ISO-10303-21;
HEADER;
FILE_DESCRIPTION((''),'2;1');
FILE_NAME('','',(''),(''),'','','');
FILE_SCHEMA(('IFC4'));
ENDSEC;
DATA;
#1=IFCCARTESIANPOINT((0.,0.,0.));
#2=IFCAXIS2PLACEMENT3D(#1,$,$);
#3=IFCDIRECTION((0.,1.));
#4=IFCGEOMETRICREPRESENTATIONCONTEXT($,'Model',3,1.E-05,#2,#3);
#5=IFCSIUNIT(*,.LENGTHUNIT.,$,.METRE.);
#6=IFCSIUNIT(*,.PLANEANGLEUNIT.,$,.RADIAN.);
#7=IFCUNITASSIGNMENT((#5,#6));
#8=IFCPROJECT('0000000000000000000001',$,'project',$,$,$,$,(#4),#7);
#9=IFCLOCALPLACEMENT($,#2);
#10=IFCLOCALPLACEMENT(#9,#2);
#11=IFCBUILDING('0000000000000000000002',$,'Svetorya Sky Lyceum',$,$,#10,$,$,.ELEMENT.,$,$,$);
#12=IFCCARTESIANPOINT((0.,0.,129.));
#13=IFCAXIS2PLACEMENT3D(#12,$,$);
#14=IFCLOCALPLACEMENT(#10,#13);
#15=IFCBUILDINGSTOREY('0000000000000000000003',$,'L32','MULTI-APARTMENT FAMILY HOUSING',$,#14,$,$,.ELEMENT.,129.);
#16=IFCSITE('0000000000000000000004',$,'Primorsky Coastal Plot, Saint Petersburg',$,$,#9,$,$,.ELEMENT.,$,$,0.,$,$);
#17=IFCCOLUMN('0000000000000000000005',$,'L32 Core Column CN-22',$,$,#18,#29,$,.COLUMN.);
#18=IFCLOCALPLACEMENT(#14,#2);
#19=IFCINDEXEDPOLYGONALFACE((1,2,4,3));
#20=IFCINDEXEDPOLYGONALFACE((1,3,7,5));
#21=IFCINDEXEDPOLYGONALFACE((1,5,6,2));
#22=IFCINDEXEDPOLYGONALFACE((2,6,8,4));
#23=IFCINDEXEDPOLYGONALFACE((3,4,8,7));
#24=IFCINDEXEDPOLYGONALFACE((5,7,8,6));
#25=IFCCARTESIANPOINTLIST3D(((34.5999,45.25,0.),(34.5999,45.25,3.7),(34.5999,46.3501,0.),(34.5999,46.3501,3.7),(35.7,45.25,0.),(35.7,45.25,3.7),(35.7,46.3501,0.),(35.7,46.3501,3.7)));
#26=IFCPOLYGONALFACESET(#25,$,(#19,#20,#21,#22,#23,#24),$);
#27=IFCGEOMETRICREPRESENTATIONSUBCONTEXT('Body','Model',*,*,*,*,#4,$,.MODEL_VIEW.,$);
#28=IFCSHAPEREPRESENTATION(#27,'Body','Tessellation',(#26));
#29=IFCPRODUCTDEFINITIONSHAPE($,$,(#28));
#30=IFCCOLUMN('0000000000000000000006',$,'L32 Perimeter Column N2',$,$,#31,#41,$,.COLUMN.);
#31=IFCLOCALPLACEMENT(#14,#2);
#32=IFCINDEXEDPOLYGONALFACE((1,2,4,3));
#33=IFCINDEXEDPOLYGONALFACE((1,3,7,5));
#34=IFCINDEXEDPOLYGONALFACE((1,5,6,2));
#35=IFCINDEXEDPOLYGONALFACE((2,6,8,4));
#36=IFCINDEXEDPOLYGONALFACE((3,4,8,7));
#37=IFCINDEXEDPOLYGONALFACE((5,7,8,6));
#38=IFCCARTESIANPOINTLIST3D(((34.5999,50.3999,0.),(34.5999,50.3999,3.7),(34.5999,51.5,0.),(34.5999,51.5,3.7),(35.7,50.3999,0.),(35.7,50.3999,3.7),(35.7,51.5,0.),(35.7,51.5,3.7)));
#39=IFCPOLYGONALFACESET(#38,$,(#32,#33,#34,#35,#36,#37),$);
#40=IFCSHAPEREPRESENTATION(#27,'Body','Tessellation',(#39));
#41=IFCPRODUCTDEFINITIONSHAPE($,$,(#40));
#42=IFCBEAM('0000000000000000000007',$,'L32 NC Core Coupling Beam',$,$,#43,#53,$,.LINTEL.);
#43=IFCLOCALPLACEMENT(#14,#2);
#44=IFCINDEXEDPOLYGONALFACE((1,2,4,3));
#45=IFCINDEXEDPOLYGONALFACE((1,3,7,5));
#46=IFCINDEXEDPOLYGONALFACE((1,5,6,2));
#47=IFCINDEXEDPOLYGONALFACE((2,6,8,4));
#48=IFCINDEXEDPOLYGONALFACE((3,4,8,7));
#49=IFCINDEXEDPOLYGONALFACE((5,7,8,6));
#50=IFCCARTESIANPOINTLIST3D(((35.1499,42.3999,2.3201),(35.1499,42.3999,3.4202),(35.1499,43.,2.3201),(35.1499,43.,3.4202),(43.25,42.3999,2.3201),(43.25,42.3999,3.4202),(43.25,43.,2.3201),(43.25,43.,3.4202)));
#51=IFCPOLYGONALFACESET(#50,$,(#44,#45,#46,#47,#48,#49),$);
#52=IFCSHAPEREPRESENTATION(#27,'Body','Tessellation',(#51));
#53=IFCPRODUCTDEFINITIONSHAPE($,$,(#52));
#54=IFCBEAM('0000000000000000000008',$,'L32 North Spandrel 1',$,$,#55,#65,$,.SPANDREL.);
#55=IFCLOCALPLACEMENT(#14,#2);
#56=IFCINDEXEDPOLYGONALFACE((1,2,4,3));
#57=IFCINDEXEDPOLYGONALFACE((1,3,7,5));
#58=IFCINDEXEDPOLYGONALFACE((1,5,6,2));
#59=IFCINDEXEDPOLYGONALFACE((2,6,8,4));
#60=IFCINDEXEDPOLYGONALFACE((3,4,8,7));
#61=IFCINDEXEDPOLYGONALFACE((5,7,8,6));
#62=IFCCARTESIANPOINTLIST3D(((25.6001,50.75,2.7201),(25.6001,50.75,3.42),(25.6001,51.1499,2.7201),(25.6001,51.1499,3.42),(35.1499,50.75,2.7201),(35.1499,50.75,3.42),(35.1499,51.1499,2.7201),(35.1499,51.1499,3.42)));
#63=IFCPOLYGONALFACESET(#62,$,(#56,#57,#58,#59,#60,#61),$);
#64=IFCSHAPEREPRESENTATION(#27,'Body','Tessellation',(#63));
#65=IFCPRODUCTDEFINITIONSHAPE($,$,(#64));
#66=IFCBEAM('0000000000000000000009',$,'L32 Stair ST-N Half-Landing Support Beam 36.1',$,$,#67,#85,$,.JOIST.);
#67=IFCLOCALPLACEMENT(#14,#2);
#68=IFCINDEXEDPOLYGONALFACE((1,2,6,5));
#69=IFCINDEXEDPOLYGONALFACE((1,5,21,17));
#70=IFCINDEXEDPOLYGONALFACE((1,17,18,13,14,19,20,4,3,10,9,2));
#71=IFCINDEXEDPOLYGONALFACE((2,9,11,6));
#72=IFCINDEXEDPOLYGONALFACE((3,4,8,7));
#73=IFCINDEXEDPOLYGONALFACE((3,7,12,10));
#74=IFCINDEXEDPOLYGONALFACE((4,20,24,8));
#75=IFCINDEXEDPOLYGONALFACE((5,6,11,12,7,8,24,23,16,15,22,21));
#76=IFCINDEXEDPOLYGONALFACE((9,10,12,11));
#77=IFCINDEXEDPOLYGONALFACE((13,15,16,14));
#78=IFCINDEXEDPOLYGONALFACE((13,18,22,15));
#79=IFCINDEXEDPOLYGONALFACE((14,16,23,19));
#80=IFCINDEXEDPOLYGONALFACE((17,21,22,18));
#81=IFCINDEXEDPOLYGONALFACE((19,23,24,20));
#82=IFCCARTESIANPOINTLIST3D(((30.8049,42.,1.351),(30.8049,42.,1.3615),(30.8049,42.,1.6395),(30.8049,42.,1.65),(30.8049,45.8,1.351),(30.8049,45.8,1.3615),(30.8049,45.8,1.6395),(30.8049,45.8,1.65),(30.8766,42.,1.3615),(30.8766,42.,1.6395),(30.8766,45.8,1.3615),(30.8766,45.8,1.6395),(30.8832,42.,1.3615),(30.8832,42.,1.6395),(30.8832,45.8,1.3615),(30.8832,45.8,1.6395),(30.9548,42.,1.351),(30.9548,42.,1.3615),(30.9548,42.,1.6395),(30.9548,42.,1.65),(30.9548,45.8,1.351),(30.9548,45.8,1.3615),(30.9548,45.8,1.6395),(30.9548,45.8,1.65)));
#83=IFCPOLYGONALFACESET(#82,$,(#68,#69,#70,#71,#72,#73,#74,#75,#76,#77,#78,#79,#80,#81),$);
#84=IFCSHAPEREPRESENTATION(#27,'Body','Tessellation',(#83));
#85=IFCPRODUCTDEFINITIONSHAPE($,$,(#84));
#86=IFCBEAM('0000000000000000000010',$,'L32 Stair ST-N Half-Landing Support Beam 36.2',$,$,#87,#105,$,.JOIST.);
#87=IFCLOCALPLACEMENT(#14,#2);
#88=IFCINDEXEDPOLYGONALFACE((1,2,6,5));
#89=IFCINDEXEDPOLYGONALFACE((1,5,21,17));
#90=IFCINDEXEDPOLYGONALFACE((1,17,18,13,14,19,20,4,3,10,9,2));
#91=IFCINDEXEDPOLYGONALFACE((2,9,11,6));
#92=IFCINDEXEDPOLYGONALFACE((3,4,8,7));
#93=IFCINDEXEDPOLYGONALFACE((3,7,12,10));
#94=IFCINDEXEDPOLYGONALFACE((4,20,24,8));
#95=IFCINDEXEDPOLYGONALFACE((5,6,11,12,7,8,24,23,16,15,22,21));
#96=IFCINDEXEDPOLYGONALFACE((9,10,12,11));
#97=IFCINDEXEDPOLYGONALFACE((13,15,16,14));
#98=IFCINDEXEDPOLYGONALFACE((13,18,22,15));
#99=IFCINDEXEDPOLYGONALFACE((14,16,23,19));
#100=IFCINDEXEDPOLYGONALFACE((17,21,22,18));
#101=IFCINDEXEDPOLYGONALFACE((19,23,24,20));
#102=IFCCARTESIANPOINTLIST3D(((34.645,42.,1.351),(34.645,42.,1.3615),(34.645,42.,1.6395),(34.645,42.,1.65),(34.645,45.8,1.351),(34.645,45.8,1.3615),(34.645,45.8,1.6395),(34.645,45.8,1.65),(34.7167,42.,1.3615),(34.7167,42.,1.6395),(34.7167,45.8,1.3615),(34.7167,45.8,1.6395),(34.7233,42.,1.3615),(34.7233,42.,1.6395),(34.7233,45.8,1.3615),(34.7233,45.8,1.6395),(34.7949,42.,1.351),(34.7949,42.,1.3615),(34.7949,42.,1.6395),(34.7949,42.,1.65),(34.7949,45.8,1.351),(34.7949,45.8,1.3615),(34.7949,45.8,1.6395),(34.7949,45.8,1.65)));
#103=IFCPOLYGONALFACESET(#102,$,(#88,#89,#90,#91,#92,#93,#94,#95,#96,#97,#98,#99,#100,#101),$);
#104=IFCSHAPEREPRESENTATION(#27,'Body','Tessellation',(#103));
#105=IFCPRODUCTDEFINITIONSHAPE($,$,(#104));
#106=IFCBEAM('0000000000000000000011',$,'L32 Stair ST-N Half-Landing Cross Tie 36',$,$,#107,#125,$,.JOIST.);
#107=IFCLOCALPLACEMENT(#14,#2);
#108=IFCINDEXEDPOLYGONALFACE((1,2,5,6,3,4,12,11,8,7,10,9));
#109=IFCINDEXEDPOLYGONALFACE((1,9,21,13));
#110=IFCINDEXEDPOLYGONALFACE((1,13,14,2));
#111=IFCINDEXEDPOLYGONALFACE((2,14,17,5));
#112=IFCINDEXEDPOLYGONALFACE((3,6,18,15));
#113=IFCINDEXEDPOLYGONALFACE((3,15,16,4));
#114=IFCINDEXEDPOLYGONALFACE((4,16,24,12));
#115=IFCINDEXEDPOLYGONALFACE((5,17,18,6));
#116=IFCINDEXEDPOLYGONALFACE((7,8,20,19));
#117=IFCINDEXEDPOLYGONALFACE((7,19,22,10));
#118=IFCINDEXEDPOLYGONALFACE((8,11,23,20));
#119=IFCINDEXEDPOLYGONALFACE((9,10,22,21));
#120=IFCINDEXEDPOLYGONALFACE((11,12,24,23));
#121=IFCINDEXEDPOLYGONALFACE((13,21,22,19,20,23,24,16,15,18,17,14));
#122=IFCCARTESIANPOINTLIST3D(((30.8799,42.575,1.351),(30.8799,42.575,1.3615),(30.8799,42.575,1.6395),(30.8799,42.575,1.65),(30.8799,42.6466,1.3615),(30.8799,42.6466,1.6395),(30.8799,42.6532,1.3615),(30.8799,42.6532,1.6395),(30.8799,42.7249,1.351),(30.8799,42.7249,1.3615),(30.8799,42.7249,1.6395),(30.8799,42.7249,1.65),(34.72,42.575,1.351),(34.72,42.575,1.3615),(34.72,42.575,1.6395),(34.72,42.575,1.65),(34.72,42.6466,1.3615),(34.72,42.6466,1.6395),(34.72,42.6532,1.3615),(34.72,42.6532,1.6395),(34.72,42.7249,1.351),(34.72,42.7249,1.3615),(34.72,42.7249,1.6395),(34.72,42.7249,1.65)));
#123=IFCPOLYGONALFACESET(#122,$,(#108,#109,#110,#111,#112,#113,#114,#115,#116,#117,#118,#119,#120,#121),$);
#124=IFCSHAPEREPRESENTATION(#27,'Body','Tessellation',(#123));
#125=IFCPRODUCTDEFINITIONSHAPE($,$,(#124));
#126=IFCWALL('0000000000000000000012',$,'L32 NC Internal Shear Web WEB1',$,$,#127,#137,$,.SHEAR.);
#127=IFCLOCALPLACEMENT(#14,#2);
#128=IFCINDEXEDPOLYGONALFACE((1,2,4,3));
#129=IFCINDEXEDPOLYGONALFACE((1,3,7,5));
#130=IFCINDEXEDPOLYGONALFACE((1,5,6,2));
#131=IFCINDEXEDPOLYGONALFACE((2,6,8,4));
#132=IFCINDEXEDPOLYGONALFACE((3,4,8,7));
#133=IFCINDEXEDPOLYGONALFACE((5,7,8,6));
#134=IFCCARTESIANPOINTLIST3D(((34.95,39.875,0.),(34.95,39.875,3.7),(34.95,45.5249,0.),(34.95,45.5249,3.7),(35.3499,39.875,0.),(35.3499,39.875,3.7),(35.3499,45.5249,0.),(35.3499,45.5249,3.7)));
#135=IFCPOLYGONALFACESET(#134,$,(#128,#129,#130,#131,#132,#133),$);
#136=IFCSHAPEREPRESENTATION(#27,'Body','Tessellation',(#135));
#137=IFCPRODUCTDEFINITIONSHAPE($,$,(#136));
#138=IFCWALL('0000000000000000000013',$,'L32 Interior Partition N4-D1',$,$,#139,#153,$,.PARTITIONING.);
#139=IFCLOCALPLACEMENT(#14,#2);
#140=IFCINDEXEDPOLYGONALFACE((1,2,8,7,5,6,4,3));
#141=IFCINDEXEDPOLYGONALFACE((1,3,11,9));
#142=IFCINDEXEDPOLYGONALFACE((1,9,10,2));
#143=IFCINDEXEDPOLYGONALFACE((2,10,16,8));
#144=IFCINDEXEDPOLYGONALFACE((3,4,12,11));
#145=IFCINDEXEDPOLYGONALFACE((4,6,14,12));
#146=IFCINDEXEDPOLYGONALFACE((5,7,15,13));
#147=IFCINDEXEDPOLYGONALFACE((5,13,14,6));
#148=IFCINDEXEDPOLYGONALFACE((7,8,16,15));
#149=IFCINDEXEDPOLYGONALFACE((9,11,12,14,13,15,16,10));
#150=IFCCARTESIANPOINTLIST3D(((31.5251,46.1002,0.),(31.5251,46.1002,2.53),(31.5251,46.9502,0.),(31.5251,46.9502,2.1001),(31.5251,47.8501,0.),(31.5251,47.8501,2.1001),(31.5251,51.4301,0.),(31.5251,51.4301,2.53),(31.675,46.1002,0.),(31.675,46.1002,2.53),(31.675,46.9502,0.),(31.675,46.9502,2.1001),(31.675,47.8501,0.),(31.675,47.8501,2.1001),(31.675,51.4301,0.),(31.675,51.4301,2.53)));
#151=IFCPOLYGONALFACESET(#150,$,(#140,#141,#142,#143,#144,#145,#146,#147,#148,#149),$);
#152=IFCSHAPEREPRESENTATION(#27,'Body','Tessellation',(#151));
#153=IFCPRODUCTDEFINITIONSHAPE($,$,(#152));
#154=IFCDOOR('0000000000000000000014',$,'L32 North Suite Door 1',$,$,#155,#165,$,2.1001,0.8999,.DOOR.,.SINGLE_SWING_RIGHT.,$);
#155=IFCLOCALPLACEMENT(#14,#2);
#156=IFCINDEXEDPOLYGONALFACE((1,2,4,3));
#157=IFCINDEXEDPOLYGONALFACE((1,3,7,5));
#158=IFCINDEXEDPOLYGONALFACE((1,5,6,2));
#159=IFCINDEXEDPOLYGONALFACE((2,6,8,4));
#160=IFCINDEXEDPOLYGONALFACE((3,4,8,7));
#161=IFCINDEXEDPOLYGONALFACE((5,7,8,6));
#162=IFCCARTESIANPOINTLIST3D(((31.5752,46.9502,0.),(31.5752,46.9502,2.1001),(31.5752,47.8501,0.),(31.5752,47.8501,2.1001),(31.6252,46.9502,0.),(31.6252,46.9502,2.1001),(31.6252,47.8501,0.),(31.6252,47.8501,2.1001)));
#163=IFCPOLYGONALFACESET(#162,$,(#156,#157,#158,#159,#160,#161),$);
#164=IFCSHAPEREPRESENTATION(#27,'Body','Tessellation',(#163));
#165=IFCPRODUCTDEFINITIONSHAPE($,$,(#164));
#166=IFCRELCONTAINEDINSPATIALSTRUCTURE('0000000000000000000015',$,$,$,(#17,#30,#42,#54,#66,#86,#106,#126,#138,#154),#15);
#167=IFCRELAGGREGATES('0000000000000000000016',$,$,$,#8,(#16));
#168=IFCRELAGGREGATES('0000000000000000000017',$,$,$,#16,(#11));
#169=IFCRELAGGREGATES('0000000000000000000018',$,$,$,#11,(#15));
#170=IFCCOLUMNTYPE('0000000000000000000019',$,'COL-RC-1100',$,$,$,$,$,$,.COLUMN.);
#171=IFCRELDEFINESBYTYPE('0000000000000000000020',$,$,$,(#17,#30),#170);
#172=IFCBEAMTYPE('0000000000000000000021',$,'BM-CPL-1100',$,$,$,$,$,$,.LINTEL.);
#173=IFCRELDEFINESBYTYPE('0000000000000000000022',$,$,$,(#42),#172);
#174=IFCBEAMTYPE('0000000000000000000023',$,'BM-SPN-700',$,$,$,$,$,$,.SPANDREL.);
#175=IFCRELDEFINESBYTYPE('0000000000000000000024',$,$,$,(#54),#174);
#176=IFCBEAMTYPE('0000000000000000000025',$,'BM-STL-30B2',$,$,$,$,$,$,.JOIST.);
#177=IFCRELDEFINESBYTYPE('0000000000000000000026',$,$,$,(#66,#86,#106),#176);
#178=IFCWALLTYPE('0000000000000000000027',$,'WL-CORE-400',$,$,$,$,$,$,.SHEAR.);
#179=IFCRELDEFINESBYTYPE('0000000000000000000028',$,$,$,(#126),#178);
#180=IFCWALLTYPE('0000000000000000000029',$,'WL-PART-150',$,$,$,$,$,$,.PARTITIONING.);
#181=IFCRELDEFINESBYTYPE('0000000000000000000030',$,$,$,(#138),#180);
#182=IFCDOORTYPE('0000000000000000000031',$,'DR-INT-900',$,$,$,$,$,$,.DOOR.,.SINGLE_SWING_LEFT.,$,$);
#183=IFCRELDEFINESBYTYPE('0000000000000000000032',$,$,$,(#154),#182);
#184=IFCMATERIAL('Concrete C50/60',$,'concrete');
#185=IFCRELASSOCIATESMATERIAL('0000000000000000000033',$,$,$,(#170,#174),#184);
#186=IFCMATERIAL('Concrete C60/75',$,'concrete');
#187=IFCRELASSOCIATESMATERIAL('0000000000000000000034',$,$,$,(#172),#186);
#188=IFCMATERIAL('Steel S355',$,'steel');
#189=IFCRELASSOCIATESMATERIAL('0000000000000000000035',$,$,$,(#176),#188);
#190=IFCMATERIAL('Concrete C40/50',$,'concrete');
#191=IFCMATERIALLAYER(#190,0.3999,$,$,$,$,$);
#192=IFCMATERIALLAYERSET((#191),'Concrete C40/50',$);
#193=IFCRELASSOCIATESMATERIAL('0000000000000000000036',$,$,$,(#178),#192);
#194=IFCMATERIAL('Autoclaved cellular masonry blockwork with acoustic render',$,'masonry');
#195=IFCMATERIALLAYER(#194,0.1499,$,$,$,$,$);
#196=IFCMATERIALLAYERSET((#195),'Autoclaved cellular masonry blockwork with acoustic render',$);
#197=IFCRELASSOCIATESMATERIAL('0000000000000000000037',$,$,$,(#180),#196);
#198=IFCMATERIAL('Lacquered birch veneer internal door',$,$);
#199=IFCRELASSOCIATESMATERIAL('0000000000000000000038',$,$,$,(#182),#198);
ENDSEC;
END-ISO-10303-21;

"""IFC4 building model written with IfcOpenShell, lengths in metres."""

from ifc_helpers import new_model, si_unit, direction, frame, frame_2d, origin, origin_2d, place, context, subcontext, project, spatial, rectangle, i_section, extrude, material, layer, layer_set, material_profile, profile_set, type_object, element, fill, save


model = new_model("IFC4")

# Units and contexts
model_context = context("Model", 3, precision=1e-05, world=origin(), true_north=direction((0.0, 1.0)))
body_context = subcontext(model_context, "Body", "Model", "MODEL_VIEW")
ifc_project = project(units=[si_unit("LENGTHUNIT", "METRE"), si_unit("PLANEANGLEUNIT", "RADIAN")], contexts=[model_context])

# Site, building, storey
site_placement = place(None, origin())
site = spatial("IfcSite", under=ifc_project, at=site_placement, Name="Primorsky Coastal Plot, Saint Petersburg", CompositionType="ELEMENT", RefElevation=0.0)
building_placement = place(site_placement, origin())
building = spatial("IfcBuilding", under=site, at=building_placement, Name="Svetorya Sky Lyceum", CompositionType="ELEMENT")
storey_placement = place(building_placement, frame((0.0, 0.0, 129.0)))
storey = spatial("IfcBuildingStorey", under=building, at=storey_placement, Name="L32", Description="MULTI-APARTMENT FAMILY HOUSING", CompositionType="ELEMENT", Elevation=129.0)

# Columns
ifc_material_1 = material(Name="Concrete C50/60", Category="concrete")
ifc_material_profile_1 = material_profile(ifc_material_1, rectangle(XDim=1.1001, YDim=1.1001, at=origin_2d()), Name="RC COL 1100x1100")
ifc_profile_set_1 = profile_set([ifc_material_profile_1], Name="Concrete C50/60")
column_type = type_object("IfcColumnType", Name="COL-RC-1100", PredefinedType="COLUMN", material=ifc_profile_set_1)
for number, where, z_axis, x_axis, name in (
    (1, (35.1499, 45.8, 0.0), (0.0, 0.0, 1.0), (1.0, 0.0, 0.0), "L32 Core Column CN-22"),
    (2, (35.1499, 50.95, 0.0), (0.0, 0.0, 1.0), (1.0, 0.0, 0.0), "L32 Perimeter Column N2"),
):
    element("IfcColumn", number, at=place(storey_placement, frame(where, z_axis=z_axis, x_axis=x_axis)), inside=storey, type_object=column_type, Name=name, PredefinedType="COLUMN", context=body_context, shape_type="SweptSolid", body=[
        extrude(rectangle(XDim=1.1001, YDim=1.1001, at=origin_2d()), origin(), (0.0, 0.0, 1.0), 3.7),
    ])

# Beams
ifc_material_2 = material(Name="Concrete C60/75", Category="concrete")
ifc_material_profile_2 = material_profile(ifc_material_2, rectangle(XDim=0.6001, YDim=1.1001, at=origin_2d()), Name="RC COUPLING 600x1100")
ifc_profile_set_2 = profile_set([ifc_material_profile_2], Name="Concrete C60/75")
beam_type_1 = type_object("IfcBeamType", Name="BM-CPL-1100", PredefinedType="LINTEL", material=ifc_profile_set_2)
beam_1_placement = place(storey_placement, frame((35.1499, 42.7, 2.8701), z_axis=(1.0, 0.0, 0.0), x_axis=(0.0, 1.0, 0.0)))
element("IfcBeam", 3, at=beam_1_placement, inside=storey, type_object=beam_type_1, Name="L32 NC Core Coupling Beam", PredefinedType="LINTEL", context=body_context, shape_type="SweptSolid", body=[
    extrude(rectangle(XDim=0.6001, YDim=1.1001, at=origin_2d()), origin(), (0.0, 0.0, 1.0), 8.1001),
])
ifc_material_profile_3 = material_profile(ifc_material_1, rectangle(XDim=0.3999, YDim=0.7, at=origin_2d()), Name="RC SPANDREL 400x700")
ifc_profile_set_3 = profile_set([ifc_material_profile_3], Name="Concrete C50/60")
beam_type_2 = type_object("IfcBeamType", Name="BM-SPN-700", PredefinedType="SPANDREL", material=ifc_profile_set_3)
beam_2_placement = place(storey_placement, frame((25.6001, 50.95, 3.0701), z_axis=(1.0, 0.0, 0.0), x_axis=(0.0, 1.0, 0.0)))
element("IfcBeam", 4, at=beam_2_placement, inside=storey, type_object=beam_type_2, Name="L32 North Spandrel 1", PredefinedType="SPANDREL", context=body_context, shape_type="SweptSolid", body=[
    extrude(rectangle(XDim=0.3999, YDim=0.7, at=origin_2d()), origin(), (0.0, 0.0, 1.0), 9.5498),
])
ifc_material_3 = material(Name="Steel S355", Category="steel")
ifc_material_profile_4 = material_profile(ifc_material_3, i_section(OverallWidth=0.1499, OverallDepth=0.2991, WebThickness=0.0066, FlangeThickness=0.0105, at=origin_2d()), Name="GOST 30B2")
ifc_profile_set_4 = profile_set([ifc_material_profile_4], Name="Steel S355")
beam_type_3 = type_object("IfcBeamType", Name="BM-STL-30B2", PredefinedType="JOIST", material=ifc_profile_set_4)
for number, where, z_axis, x_axis, name in (
    (5, (30.8799, 42.0, 1.5005), (0.0, 1.0, 0.0), (-1.0, 0.0, 0.0), "L32 Stair ST-N Half-Landing Support Beam 36.1"),
    (6, (34.72, 42.0, 1.5005), (0.0, 1.0, 0.0), (-1.0, 0.0, 0.0), "L32 Stair ST-N Half-Landing Support Beam 36.2"),
):
    element("IfcBeam", number, at=place(storey_placement, frame(where, z_axis=z_axis, x_axis=x_axis)), inside=storey, type_object=beam_type_3, Name=name, PredefinedType="JOIST", context=body_context, shape_type="SweptSolid", body=[
        extrude(i_section(OverallWidth=0.1499, OverallDepth=0.2991, WebThickness=0.0066, FlangeThickness=0.0105, at=origin_2d()), origin(), (0.0, 0.0, 1.0), 3.8),
    ])
beam_3_placement = place(storey_placement, frame((30.8799, 42.6499, 1.5005), z_axis=(1.0, 0.0, 0.0), x_axis=(0.0, 1.0, 0.0)))
element("IfcBeam", 7, at=beam_3_placement, inside=storey, type_object=beam_type_3, Name="L32 Stair ST-N Half-Landing Cross Tie 36", PredefinedType="JOIST", context=body_context, shape_type="SweptSolid", body=[
    extrude(i_section(OverallWidth=0.1499, OverallDepth=0.2991, WebThickness=0.0066, FlangeThickness=0.0105, at=origin_2d()), origin(), (0.0, 0.0, 1.0), 3.8401),
])

# Wall
ifc_material_4 = material(Name="Concrete C40/50", Category="concrete")
ifc_layer_1 = layer(ifc_material_4, 0.3999)
ifc_layer_set_1 = layer_set([ifc_layer_1], Name="Concrete C40/50")
wall_type_1 = type_object("IfcWallType", Name="WL-CORE-400", PredefinedType="SHEAR", material=ifc_layer_set_1)
wall_1_placement = place(storey_placement, frame((35.1499, 39.875, 0.0), z_axis=(0.0, 0.0, 1.0), x_axis=(0.0, 1.0, 0.0)))
element("IfcWall", 8, at=wall_1_placement, inside=storey, type_object=wall_type_1, Name="L32 NC Internal Shear Web WEB1", PredefinedType="SHEAR", context=body_context, shape_type="SweptSolid", body=[
    extrude(rectangle(XDim=5.6499, YDim=0.3999, at=frame_2d((2.825, 0.0))), origin(), (0.0, 0.0, 1.0), 3.7),
])

# Wall, opening, door
ifc_material_5 = material(Name="Autoclaved cellular masonry blockwork with acoustic render", Category="masonry")
ifc_layer_2 = layer(ifc_material_5, 0.1499)
ifc_layer_set_2 = layer_set([ifc_layer_2], Name="Autoclaved cellular masonry blockwork with acoustic render")
wall_type_2 = type_object("IfcWallType", Name="WL-PART-150", PredefinedType="PARTITIONING", material=ifc_layer_set_2)
wall_2_placement = place(storey_placement, frame((31.6001, 46.1001, 0.0), z_axis=(0.0, 0.0, 1.0), x_axis=(0.0, 1.0, 0.0)))
wall_2 = element("IfcWall", 9, at=wall_2_placement, inside=storey, type_object=wall_type_2, Name="L32 Interior Partition N4-D1", PredefinedType="PARTITIONING", context=body_context, shape_type="SweptSolid", body=[
    extrude(rectangle(XDim=5.3298, YDim=0.1499, at=frame_2d((2.665, 0.0))), origin(), (0.0, 0.0, 1.0), 2.53),
])
opening_placement = place(wall_2_placement, frame((0.8501, 0.0, 0.0)))
opening = element("IfcOpeningElement", 10, at=opening_placement, cuts=wall_2, PredefinedType="OPENING", context=body_context, shape_type="SweptSolid", body=[
    extrude(rectangle(XDim=0.8999, YDim=2.1001, at=frame_2d((0.45, 1.05))), frame((0.0, 0.085, 0.0), z_axis=(0.0, -1.0, 0.0), x_axis=(1.0, 0.0, 0.0)), (0.0, 0.0, 1.0), 0.1699),
])
ifc_material_6 = material(Name="Lacquered birch veneer internal door")
door_type = type_object("IfcDoorType", Name="DR-INT-900", OperationType="SINGLE_SWING_LEFT", PredefinedType="DOOR", material=ifc_material_6)
door_placement = place(opening_placement, origin())
door = element("IfcDoor", 11, at=door_placement, inside=storey, type_object=door_type, Name="L32 North Suite Door 1", OperationType="SINGLE_SWING_RIGHT", OverallHeight=2.1001, OverallWidth=0.8999, PredefinedType="DOOR", context=body_context, shape_type="SweptSolid", body=[
    extrude(rectangle(XDim=0.8999, YDim=2.1001, at=frame_2d((0.45, 1.05))), frame((0.0, 0.0249, 0.0), z_axis=(0.0, -1.0, 0.0), x_axis=(1.0, 0.0, 0.0)), (0.0, 0.0, 1.0), 0.05),
])
fill(opening, door)

save(model, "model.ifc")
